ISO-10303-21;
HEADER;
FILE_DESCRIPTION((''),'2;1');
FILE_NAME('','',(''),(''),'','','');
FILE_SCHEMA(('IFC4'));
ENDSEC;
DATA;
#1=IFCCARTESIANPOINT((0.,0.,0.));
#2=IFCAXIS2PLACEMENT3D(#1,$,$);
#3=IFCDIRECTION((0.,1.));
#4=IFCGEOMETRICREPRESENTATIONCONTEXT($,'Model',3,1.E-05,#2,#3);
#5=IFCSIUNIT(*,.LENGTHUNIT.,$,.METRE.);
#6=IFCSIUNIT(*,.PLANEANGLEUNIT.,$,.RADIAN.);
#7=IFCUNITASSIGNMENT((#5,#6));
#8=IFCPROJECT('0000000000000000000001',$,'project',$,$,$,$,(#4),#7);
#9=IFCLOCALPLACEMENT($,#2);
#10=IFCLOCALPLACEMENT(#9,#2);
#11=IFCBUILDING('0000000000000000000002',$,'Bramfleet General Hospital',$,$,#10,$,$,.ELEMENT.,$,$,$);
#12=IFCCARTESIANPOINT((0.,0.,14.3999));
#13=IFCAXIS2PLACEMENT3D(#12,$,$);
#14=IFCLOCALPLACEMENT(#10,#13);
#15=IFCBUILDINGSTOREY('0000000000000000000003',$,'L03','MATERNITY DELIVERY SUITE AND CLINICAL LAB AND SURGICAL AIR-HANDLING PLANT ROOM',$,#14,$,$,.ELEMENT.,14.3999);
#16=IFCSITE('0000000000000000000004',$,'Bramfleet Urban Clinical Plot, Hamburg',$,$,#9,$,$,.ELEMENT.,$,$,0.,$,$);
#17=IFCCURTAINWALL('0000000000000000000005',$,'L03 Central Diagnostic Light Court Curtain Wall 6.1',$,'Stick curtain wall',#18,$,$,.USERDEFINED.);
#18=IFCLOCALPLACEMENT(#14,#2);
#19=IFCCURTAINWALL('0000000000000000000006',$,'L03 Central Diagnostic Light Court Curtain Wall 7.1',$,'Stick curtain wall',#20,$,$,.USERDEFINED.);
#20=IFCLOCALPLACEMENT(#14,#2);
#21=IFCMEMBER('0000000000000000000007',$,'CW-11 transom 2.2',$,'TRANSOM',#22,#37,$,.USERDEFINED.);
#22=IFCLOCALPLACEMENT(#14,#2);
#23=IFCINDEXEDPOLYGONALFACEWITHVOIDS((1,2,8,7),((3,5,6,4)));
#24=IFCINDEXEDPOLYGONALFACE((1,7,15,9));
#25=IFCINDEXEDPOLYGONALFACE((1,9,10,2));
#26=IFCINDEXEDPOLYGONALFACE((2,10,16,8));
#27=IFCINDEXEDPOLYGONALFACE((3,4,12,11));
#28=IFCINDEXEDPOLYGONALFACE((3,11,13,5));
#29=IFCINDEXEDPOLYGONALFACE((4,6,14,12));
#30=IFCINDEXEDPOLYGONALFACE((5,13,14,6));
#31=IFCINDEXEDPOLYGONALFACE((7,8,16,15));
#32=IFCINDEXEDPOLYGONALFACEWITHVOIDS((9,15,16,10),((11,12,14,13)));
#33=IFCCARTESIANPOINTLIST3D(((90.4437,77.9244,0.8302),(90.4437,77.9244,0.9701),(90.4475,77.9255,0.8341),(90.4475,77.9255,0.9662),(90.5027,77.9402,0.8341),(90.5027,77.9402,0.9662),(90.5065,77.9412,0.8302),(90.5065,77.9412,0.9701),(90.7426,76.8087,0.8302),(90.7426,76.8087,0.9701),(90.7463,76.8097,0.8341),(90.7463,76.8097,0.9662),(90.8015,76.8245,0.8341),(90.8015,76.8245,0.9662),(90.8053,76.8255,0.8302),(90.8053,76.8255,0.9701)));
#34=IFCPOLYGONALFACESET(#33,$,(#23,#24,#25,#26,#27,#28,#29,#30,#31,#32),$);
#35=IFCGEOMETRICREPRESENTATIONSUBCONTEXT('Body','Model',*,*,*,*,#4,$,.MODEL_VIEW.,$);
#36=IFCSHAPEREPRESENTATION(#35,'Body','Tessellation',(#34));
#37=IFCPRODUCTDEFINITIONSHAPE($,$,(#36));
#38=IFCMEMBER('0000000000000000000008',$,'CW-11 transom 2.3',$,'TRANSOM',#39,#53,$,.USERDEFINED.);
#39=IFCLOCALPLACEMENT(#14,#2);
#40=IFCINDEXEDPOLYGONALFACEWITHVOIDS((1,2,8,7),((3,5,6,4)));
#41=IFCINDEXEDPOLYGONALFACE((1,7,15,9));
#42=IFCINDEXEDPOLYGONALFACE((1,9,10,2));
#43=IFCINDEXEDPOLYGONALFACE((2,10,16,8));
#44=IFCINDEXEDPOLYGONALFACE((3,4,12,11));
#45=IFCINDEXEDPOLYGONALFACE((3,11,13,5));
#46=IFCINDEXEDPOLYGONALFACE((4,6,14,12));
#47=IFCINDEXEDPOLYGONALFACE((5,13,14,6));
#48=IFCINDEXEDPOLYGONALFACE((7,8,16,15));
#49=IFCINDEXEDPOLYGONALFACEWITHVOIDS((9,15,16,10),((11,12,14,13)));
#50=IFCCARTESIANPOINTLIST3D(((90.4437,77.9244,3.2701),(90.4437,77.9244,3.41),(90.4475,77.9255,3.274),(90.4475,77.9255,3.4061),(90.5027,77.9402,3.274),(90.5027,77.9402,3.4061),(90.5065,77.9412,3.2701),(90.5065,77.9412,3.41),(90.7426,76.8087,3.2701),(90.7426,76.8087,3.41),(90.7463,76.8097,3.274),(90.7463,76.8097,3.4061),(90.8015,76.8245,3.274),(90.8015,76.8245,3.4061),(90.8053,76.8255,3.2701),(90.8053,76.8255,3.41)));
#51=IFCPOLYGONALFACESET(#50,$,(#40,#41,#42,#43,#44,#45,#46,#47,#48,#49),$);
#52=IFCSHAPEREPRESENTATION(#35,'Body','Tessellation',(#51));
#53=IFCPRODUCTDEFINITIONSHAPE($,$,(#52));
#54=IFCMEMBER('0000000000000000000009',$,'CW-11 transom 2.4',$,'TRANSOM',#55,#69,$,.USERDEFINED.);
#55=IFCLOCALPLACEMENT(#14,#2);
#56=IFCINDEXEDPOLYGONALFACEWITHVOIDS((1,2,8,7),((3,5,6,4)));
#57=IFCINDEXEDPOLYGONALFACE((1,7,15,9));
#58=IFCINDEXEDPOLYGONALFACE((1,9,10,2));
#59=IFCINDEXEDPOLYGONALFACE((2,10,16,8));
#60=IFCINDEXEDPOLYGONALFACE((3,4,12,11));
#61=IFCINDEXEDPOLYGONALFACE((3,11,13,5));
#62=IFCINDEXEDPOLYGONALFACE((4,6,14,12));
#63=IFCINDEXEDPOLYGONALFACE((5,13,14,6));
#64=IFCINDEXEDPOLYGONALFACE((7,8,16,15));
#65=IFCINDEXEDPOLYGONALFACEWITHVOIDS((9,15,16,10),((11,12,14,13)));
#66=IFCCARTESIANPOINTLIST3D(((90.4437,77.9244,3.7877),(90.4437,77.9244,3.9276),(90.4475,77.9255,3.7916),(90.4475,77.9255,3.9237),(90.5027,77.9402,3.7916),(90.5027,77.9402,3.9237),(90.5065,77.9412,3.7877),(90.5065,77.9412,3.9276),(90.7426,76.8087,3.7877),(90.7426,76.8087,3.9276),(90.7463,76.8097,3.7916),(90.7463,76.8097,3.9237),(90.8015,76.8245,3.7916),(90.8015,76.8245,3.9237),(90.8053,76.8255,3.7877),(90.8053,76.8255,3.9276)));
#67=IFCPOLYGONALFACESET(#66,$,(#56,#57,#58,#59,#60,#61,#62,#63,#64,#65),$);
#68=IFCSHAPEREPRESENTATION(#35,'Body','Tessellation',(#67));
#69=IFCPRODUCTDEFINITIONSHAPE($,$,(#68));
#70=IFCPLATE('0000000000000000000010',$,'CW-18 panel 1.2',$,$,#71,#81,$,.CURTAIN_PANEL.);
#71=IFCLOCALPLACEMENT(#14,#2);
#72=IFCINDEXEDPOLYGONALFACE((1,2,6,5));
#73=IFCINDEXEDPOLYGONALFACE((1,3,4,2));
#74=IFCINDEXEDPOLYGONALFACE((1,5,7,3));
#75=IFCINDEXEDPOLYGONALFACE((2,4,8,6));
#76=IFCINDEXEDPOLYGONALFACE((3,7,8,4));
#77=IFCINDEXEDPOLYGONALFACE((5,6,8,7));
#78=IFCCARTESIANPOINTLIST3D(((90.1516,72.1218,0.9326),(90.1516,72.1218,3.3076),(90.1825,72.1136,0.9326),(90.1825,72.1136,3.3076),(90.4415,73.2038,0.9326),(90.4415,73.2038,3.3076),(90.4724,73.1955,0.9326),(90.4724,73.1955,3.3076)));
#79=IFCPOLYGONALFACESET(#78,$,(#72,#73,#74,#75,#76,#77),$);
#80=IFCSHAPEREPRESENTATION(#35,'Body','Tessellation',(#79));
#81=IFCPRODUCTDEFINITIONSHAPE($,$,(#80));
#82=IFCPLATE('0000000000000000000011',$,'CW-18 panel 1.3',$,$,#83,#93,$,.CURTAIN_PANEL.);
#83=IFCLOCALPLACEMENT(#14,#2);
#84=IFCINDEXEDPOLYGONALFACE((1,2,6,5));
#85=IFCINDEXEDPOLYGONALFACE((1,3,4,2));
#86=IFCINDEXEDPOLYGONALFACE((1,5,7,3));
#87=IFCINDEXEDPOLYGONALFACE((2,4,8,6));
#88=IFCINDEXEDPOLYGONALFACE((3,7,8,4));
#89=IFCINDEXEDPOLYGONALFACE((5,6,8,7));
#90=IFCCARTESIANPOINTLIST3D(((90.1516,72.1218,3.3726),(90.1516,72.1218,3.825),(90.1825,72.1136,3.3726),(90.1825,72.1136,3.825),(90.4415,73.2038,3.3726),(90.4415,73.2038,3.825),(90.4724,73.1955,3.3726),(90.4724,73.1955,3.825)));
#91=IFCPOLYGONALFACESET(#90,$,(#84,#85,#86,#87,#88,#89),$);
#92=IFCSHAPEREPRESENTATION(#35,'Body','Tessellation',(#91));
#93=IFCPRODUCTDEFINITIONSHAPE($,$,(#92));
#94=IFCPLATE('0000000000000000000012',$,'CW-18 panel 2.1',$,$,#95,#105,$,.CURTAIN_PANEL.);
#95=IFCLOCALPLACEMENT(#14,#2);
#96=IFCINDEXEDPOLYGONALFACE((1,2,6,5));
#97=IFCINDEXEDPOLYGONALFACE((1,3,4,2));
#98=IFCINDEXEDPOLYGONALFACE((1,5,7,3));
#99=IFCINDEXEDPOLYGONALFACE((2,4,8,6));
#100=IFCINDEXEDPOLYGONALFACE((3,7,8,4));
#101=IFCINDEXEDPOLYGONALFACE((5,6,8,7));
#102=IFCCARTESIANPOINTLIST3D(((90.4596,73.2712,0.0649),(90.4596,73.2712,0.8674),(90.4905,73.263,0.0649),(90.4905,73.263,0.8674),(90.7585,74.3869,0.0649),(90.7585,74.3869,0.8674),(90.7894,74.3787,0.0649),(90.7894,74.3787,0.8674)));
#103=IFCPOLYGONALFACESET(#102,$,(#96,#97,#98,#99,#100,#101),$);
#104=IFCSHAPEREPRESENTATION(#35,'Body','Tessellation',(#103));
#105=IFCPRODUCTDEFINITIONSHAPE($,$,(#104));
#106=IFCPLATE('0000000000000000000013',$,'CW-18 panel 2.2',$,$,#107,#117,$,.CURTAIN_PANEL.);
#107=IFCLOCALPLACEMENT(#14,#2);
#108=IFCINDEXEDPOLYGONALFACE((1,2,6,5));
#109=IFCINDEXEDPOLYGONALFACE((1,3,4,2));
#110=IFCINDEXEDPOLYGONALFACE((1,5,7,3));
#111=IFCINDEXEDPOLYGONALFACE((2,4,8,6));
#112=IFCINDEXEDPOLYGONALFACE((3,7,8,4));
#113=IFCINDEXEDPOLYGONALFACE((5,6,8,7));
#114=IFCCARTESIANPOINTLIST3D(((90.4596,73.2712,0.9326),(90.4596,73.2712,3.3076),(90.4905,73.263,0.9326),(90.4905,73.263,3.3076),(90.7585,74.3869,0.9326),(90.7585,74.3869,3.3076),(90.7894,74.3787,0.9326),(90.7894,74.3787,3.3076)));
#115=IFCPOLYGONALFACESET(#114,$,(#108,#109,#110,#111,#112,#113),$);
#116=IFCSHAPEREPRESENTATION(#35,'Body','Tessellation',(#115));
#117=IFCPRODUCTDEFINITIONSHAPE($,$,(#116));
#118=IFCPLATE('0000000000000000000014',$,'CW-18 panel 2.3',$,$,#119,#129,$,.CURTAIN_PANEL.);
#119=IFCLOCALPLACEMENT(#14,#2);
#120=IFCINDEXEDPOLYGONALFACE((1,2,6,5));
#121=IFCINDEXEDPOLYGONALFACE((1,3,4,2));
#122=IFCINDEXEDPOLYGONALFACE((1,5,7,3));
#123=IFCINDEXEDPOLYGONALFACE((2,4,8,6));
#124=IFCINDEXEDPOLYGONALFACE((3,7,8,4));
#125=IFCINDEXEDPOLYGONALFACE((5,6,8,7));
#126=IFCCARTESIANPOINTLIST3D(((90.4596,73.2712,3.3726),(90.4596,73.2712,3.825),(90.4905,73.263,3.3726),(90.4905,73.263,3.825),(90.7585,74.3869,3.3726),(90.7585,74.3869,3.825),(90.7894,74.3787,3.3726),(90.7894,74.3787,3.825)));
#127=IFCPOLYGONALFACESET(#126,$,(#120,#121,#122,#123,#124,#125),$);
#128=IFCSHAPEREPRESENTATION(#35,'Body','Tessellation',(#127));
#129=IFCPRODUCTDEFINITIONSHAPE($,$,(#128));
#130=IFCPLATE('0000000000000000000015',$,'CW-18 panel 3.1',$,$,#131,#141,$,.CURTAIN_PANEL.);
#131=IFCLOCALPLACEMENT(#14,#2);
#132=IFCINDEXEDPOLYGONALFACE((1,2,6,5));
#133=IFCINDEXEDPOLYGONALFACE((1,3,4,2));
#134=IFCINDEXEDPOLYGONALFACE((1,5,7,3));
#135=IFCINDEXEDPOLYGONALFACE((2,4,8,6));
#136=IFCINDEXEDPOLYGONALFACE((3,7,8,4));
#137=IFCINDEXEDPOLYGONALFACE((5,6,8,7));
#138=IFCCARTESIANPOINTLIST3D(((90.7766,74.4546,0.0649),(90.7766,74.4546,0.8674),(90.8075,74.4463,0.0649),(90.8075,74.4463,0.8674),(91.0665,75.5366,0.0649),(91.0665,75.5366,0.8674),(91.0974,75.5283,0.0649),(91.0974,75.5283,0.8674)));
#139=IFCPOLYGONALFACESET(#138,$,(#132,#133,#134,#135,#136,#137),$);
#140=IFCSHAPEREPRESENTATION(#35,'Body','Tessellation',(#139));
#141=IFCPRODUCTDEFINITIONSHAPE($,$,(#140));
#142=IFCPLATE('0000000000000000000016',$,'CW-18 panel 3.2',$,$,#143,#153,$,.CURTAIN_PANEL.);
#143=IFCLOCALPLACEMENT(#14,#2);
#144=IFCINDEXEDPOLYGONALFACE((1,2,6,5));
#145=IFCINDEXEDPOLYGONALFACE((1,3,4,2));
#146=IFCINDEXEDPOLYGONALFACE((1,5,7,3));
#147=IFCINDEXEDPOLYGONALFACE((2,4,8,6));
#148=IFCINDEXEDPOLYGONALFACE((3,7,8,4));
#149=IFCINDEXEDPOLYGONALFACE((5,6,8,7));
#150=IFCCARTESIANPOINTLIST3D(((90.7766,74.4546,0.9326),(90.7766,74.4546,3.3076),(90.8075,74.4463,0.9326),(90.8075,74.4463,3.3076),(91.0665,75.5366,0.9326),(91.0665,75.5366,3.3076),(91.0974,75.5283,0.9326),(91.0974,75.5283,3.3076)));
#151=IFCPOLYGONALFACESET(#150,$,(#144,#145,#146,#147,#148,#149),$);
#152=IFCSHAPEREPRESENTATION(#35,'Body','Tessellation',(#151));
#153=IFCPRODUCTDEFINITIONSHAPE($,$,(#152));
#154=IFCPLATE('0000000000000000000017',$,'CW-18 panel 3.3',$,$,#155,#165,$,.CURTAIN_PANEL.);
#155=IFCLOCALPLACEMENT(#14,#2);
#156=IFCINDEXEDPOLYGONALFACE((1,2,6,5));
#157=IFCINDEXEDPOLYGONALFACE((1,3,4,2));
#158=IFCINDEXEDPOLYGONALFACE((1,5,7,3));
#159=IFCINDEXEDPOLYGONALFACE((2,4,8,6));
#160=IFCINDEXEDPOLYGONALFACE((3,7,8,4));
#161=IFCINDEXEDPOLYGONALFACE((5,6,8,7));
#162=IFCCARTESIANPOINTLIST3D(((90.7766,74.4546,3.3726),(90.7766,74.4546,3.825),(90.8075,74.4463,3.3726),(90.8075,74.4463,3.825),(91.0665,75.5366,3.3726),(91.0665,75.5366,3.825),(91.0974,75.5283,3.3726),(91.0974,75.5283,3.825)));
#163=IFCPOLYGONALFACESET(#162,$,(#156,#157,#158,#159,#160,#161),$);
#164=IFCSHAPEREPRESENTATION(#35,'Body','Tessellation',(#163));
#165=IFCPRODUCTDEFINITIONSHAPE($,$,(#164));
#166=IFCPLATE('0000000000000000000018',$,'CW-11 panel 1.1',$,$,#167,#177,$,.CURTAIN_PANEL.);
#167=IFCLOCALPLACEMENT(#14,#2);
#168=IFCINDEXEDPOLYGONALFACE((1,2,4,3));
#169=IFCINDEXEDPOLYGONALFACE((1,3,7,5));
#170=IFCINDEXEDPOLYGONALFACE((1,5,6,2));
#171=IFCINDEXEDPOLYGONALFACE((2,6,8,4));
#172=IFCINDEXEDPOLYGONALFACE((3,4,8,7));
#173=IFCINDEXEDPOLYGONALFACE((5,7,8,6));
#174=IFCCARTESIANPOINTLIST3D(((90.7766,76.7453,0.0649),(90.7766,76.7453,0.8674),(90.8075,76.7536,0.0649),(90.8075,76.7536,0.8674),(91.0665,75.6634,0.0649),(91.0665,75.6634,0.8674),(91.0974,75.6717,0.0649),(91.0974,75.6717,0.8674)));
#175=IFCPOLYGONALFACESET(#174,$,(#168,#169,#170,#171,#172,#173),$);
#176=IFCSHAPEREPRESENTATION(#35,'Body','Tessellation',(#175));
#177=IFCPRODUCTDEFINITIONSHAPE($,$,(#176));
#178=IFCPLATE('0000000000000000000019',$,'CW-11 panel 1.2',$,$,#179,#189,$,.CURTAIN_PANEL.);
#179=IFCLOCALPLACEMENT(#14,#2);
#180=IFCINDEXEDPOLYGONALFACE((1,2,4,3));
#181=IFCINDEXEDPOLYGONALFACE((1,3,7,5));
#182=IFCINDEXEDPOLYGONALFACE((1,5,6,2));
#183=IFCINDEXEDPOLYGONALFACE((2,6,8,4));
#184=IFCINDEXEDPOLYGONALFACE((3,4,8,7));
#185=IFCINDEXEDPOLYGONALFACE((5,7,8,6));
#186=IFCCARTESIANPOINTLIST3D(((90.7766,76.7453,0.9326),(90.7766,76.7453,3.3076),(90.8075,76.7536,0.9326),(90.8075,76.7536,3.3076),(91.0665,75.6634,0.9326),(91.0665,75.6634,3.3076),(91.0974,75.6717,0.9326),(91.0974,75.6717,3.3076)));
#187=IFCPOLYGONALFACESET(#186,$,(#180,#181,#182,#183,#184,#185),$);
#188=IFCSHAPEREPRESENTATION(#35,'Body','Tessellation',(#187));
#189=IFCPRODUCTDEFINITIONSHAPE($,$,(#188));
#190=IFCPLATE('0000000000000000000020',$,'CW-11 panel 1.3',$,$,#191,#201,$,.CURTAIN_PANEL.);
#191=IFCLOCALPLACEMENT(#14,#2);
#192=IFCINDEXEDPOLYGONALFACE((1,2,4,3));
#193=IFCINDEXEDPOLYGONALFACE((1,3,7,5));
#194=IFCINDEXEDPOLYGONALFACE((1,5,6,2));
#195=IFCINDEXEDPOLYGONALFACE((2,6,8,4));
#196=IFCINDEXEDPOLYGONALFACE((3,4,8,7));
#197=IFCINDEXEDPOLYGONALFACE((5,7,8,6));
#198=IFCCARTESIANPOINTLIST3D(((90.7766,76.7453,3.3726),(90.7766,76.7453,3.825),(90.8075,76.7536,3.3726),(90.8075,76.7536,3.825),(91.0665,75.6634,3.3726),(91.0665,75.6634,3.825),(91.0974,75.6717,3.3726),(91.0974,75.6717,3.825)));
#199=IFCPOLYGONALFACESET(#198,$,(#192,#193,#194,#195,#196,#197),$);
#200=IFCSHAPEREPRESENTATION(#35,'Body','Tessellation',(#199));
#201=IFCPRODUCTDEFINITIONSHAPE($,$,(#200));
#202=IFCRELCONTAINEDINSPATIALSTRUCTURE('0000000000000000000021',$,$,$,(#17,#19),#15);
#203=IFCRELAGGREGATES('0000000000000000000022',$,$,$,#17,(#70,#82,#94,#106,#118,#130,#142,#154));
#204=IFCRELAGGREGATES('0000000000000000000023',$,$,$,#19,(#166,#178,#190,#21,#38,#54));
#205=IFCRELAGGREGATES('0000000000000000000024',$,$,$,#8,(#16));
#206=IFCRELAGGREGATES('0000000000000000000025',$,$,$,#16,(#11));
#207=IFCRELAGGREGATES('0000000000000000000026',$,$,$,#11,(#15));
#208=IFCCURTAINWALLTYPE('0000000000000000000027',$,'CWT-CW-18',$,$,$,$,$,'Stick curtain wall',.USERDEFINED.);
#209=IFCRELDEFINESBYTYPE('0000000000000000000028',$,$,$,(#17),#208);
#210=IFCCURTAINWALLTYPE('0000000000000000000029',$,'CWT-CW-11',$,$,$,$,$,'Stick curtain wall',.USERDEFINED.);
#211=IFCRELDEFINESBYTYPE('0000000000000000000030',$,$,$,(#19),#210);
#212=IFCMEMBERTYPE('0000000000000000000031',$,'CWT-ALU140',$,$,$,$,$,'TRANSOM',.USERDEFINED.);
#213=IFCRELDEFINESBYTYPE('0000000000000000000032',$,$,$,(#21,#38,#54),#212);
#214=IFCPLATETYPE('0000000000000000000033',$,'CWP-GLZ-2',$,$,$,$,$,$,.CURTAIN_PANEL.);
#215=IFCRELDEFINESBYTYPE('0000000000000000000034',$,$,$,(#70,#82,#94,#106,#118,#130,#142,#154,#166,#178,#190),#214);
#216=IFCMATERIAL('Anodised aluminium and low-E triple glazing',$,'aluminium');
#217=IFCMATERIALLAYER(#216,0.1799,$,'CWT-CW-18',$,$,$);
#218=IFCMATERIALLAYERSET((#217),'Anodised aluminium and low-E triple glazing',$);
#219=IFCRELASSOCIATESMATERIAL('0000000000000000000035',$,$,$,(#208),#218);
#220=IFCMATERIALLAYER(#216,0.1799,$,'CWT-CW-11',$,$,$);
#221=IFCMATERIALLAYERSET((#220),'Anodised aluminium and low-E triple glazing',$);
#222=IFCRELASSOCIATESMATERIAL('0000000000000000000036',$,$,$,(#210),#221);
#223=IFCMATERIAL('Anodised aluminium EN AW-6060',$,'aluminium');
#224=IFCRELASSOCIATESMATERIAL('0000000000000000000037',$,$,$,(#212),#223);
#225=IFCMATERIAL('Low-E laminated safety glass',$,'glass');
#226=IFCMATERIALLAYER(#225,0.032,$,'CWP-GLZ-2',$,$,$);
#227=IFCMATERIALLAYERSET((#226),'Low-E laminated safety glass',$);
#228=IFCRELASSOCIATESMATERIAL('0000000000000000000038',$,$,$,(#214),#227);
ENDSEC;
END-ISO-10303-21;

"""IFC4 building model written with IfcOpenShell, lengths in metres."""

from ifc_helpers import new_model, si_unit, direction, frame, origin, origin_2d, place, context, subcontext, project, spatial, rectangle, hollow_rectangle, extrude, material, layer, layer_set, material_profile, profile_set, type_object, element, aggregate, save


model = new_model("IFC4")

# Units and contexts
model_context = context("Model", 3, precision=1e-05, world=origin(), true_north=direction((0.0, 1.0)))
body_context = subcontext(model_context, "Body", "Model", "MODEL_VIEW")
ifc_project = project(units=[si_unit("LENGTHUNIT", "METRE"), si_unit("PLANEANGLEUNIT", "RADIAN")], contexts=[model_context])

# Site, building, storey
site_placement = place(None, origin())
site = spatial("IfcSite", under=ifc_project, at=site_placement, Name="Bramfleet Urban Clinical Plot, Hamburg", CompositionType="ELEMENT", RefElevation=0.0)
building_placement = place(site_placement, origin())
building = spatial("IfcBuilding", under=site, at=building_placement, Name="Bramfleet General Hospital", CompositionType="ELEMENT")
storey_placement = place(building_placement, frame((0.0, 0.0, 14.3999)))
storey = spatial("IfcBuildingStorey", under=building, at=storey_placement, Name="L03", Description="MATERNITY DELIVERY SUITE AND CLINICAL LAB AND SURGICAL AIR-HANDLING PLANT ROOM", CompositionType="ELEMENT", Elevation=14.3999)

# Curtain walls
ifc_material_1 = material(Name="Anodised aluminium and low-E triple glazing", Category="aluminium")
ifc_layer_1 = layer(ifc_material_1, 0.1799, Name="CWT-CW-18")
ifc_layer_set_1 = layer_set([ifc_layer_1], Name="Anodised aluminium and low-E triple glazing")
curtain_wall_type_1 = type_object("IfcCurtainWallType", Name="CWT-CW-18", ElementType="Stick curtain wall", PredefinedType="USERDEFINED", material=ifc_layer_set_1)
curtain_wall_1_placement = place(storey_placement, origin())
curtain_wall_1 = element("IfcCurtainWall", 1, at=curtain_wall_1_placement, inside=storey, type_object=curtain_wall_type_1, Name="L03 Central Diagnostic Light Court Curtain Wall 6.1", ObjectType="Stick curtain wall", PredefinedType="USERDEFINED")
ifc_material_2 = material(Name="Anodised aluminium EN AW-6060", Category="aluminium")
ifc_layer_2 = layer(ifc_material_1, 0.1799, Name="CWT-CW-11")
ifc_layer_set_2 = layer_set([ifc_layer_2], Name="Anodised aluminium and low-E triple glazing")
curtain_wall_type_2 = type_object("IfcCurtainWallType", Name="CWT-CW-11", ElementType="Stick curtain wall", PredefinedType="USERDEFINED", material=ifc_layer_set_2)
curtain_wall_2_placement = place(storey_placement, origin())
curtain_wall_2 = element("IfcCurtainWall", 2, at=curtain_wall_2_placement, inside=storey, type_object=curtain_wall_type_2, Name="L03 Central Diagnostic Light Court Curtain Wall 7.1", ObjectType="Stick curtain wall", PredefinedType="USERDEFINED")

# Members
ifc_material_profile_1 = material_profile(ifc_material_2, hollow_rectangle(XDim=0.0649, YDim=0.1399, WallThickness=0.0039, at=origin_2d()), Name="ALU 140x65x4.0")
ifc_profile_set_1 = profile_set([ifc_material_profile_1], Name="Anodised aluminium EN AW-6060")
member_type_1 = type_object("IfcMemberType", Name="CWT-ALU140", ElementType="TRANSOM", PredefinedType="USERDEFINED", material=ifc_profile_set_1)
member_1_placement = place(storey_placement, frame((90.7739, 76.8171, 0.9001), z_axis=(-0.258715, 0.965954, 0.0), x_axis=(-0.965954, -0.258715, 0.0)))
member_1 = element("IfcMember", 3, at=member_1_placement, type_object=member_type_1, Name="CW-11 transom 2.2", ObjectType="TRANSOM", PredefinedType="USERDEFINED", context=body_context, shape_type="SweptSolid", body=[
    extrude(hollow_rectangle(XDim=0.0649, YDim=0.1399, WallThickness=0.0039, at=origin_2d()), origin(), (0.0, 0.0, 1.0), 1.155),
])
member_2_placement = place(storey_placement, frame((90.7739, 76.8171, 3.3401), z_axis=(-0.258715, 0.965954, 0.0), x_axis=(-0.965954, -0.258715, 0.0)))
member_2 = element("IfcMember", 4, at=member_2_placement, type_object=member_type_1, Name="CW-11 transom 2.3", ObjectType="TRANSOM", PredefinedType="USERDEFINED", context=body_context, shape_type="SweptSolid", body=[
    extrude(hollow_rectangle(XDim=0.0649, YDim=0.1399, WallThickness=0.0039, at=origin_2d()), origin(), (0.0, 0.0, 1.0), 1.155),
])
member_3_placement = place(storey_placement, frame((90.7739, 76.8171, 3.8577), z_axis=(-0.258715, 0.965954, 0.0), x_axis=(-0.965954, -0.258715, 0.0)))
member_3 = element("IfcMember", 5, at=member_3_placement, type_object=member_type_1, Name="CW-11 transom 2.4", ObjectType="TRANSOM", PredefinedType="USERDEFINED", context=body_context, shape_type="SweptSolid", body=[
    extrude(hollow_rectangle(XDim=0.0649, YDim=0.1399, WallThickness=0.0039, at=origin_2d()), origin(), (0.0, 0.0, 1.0), 1.155),
])

# Plates
ifc_material_3 = material(Name="Low-E laminated safety glass", Category="glass")
ifc_layer_3 = layer(ifc_material_3, 0.032, Name="CWP-GLZ-2")
ifc_layer_set_3 = layer_set([ifc_layer_3], Name="Low-E laminated safety glass")
plate_type = type_object("IfcPlateType", Name="CWP-GLZ-2", PredefinedType="CURTAIN_PANEL", material=ifc_layer_set_3)
plate_1_placement = place(storey_placement, frame((90.312, 72.6587, 0.9326), z_axis=(0.0, 0.0, 1.0), x_axis=(0.258763, 0.965941, 0.0)))
plate_1 = element("IfcPlate", 6, at=plate_1_placement, type_object=plate_type, Name="CW-18 panel 1.2", PredefinedType="CURTAIN_PANEL", context=body_context, shape_type="SweptSolid", body=[
    extrude(rectangle(XDim=1.1201, YDim=0.032, at=origin_2d()), origin(), (0.0, 0.0, 1.0), 2.375),
])
plate_2_placement = place(storey_placement, frame((90.312, 72.6587, 3.3726), z_axis=(0.0, 0.0, 1.0), x_axis=(0.258763, 0.965941, 0.0)))
plate_2 = element("IfcPlate", 7, at=plate_2_placement, type_object=plate_type, Name="CW-18 panel 1.3", PredefinedType="CURTAIN_PANEL", context=body_context, shape_type="SweptSolid", body=[
    extrude(rectangle(XDim=1.1201, YDim=0.032, at=origin_2d()), origin(), (0.0, 0.0, 1.0), 0.4524),
])
plate_3_placement = place(storey_placement, frame((90.6245, 73.825, 0.0649), z_axis=(0.0, 0.0, 1.0), x_axis=(0.258763, 0.965941, 0.0)))
plate_3 = element("IfcPlate", 8, at=plate_3_placement, type_object=plate_type, Name="CW-18 panel 2.1", PredefinedType="CURTAIN_PANEL", context=body_context, shape_type="SweptSolid", body=[
    extrude(rectangle(XDim=1.155, YDim=0.032, at=origin_2d()), origin(), (0.0, 0.0, 1.0), 0.8025),
])
plate_4_placement = place(storey_placement, frame((90.6245, 73.825, 0.9326), z_axis=(0.0, 0.0, 1.0), x_axis=(0.258763, 0.965941, 0.0)))
plate_4 = element("IfcPlate", 9, at=plate_4_placement, type_object=plate_type, Name="CW-18 panel 2.2", PredefinedType="CURTAIN_PANEL", context=body_context, shape_type="SweptSolid", body=[
    extrude(rectangle(XDim=1.155, YDim=0.032, at=origin_2d()), origin(), (0.0, 0.0, 1.0), 2.375),
])
plate_5_placement = place(storey_placement, frame((90.6245, 73.825, 3.3726), z_axis=(0.0, 0.0, 1.0), x_axis=(0.258763, 0.965941, 0.0)))
plate_5 = element("IfcPlate", 10, at=plate_5_placement, type_object=plate_type, Name="CW-18 panel 2.3", PredefinedType="CURTAIN_PANEL", context=body_context, shape_type="SweptSolid", body=[
    extrude(rectangle(XDim=1.155, YDim=0.032, at=origin_2d()), origin(), (0.0, 0.0, 1.0), 0.4524),
])
plate_6_placement = place(storey_placement, frame((90.937, 74.9915, 0.0649), z_axis=(0.0, 0.0, 1.0), x_axis=(0.258763, 0.965941, 0.0)))
plate_6 = element("IfcPlate", 11, at=plate_6_placement, type_object=plate_type, Name="CW-18 panel 3.1", PredefinedType="CURTAIN_PANEL", context=body_context, shape_type="SweptSolid", body=[
    extrude(rectangle(XDim=1.1201, YDim=0.032, at=origin_2d()), origin(), (0.0, 0.0, 1.0), 0.8025),
])
plate_7_placement = place(storey_placement, frame((90.937, 74.9915, 0.9326), z_axis=(0.0, 0.0, 1.0), x_axis=(0.258763, 0.965941, 0.0)))
plate_7 = element("IfcPlate", 12, at=plate_7_placement, type_object=plate_type, Name="CW-18 panel 3.2", PredefinedType="CURTAIN_PANEL", context=body_context, shape_type="SweptSolid", body=[
    extrude(rectangle(XDim=1.1201, YDim=0.032, at=origin_2d()), origin(), (0.0, 0.0, 1.0), 2.375),
])
plate_8_placement = place(storey_placement, frame((90.937, 74.9915, 3.3726), z_axis=(0.0, 0.0, 1.0), x_axis=(0.258763, 0.965941, 0.0)))
plate_8 = element("IfcPlate", 13, at=plate_8_placement, type_object=plate_type, Name="CW-18 panel 3.3", PredefinedType="CURTAIN_PANEL", context=body_context, shape_type="SweptSolid", body=[
    extrude(rectangle(XDim=1.1201, YDim=0.032, at=origin_2d()), origin(), (0.0, 0.0, 1.0), 0.4524),
])
aggregate(curtain_wall_1, [plate_1, plate_2, plate_3, plate_4, plate_5, plate_6, plate_7, plate_8])
plate_9_placement = place(storey_placement, frame((90.937, 76.2085, 0.0649), z_axis=(0.0, 0.0, 1.0), x_axis=(-0.258763, 0.965941, 0.0)))
plate_9 = element("IfcPlate", 14, at=plate_9_placement, type_object=plate_type, Name="CW-11 panel 1.1", PredefinedType="CURTAIN_PANEL", context=body_context, shape_type="SweptSolid", body=[
    extrude(rectangle(XDim=1.1201, YDim=0.032, at=origin_2d()), origin(), (0.0, 0.0, 1.0), 0.8025),
])
plate_10_placement = place(storey_placement, frame((90.937, 76.2085, 0.9326), z_axis=(0.0, 0.0, 1.0), x_axis=(-0.258763, 0.965941, 0.0)))
plate_10 = element("IfcPlate", 15, at=plate_10_placement, type_object=plate_type, Name="CW-11 panel 1.2", PredefinedType="CURTAIN_PANEL", context=body_context, shape_type="SweptSolid", body=[
    extrude(rectangle(XDim=1.1201, YDim=0.032, at=origin_2d()), origin(), (0.0, 0.0, 1.0), 2.375),
])
plate_11_placement = place(storey_placement, frame((90.937, 76.2085, 3.3726), z_axis=(0.0, 0.0, 1.0), x_axis=(-0.258763, 0.965941, 0.0)))
plate_11 = element("IfcPlate", 16, at=plate_11_placement, type_object=plate_type, Name="CW-11 panel 1.3", PredefinedType="CURTAIN_PANEL", context=body_context, shape_type="SweptSolid", body=[
    extrude(rectangle(XDim=1.1201, YDim=0.032, at=origin_2d()), origin(), (0.0, 0.0, 1.0), 0.4524),
])
aggregate(curtain_wall_2, [plate_9, plate_10, plate_11, member_1, member_2, member_3])

save(model, "model.ifc")
